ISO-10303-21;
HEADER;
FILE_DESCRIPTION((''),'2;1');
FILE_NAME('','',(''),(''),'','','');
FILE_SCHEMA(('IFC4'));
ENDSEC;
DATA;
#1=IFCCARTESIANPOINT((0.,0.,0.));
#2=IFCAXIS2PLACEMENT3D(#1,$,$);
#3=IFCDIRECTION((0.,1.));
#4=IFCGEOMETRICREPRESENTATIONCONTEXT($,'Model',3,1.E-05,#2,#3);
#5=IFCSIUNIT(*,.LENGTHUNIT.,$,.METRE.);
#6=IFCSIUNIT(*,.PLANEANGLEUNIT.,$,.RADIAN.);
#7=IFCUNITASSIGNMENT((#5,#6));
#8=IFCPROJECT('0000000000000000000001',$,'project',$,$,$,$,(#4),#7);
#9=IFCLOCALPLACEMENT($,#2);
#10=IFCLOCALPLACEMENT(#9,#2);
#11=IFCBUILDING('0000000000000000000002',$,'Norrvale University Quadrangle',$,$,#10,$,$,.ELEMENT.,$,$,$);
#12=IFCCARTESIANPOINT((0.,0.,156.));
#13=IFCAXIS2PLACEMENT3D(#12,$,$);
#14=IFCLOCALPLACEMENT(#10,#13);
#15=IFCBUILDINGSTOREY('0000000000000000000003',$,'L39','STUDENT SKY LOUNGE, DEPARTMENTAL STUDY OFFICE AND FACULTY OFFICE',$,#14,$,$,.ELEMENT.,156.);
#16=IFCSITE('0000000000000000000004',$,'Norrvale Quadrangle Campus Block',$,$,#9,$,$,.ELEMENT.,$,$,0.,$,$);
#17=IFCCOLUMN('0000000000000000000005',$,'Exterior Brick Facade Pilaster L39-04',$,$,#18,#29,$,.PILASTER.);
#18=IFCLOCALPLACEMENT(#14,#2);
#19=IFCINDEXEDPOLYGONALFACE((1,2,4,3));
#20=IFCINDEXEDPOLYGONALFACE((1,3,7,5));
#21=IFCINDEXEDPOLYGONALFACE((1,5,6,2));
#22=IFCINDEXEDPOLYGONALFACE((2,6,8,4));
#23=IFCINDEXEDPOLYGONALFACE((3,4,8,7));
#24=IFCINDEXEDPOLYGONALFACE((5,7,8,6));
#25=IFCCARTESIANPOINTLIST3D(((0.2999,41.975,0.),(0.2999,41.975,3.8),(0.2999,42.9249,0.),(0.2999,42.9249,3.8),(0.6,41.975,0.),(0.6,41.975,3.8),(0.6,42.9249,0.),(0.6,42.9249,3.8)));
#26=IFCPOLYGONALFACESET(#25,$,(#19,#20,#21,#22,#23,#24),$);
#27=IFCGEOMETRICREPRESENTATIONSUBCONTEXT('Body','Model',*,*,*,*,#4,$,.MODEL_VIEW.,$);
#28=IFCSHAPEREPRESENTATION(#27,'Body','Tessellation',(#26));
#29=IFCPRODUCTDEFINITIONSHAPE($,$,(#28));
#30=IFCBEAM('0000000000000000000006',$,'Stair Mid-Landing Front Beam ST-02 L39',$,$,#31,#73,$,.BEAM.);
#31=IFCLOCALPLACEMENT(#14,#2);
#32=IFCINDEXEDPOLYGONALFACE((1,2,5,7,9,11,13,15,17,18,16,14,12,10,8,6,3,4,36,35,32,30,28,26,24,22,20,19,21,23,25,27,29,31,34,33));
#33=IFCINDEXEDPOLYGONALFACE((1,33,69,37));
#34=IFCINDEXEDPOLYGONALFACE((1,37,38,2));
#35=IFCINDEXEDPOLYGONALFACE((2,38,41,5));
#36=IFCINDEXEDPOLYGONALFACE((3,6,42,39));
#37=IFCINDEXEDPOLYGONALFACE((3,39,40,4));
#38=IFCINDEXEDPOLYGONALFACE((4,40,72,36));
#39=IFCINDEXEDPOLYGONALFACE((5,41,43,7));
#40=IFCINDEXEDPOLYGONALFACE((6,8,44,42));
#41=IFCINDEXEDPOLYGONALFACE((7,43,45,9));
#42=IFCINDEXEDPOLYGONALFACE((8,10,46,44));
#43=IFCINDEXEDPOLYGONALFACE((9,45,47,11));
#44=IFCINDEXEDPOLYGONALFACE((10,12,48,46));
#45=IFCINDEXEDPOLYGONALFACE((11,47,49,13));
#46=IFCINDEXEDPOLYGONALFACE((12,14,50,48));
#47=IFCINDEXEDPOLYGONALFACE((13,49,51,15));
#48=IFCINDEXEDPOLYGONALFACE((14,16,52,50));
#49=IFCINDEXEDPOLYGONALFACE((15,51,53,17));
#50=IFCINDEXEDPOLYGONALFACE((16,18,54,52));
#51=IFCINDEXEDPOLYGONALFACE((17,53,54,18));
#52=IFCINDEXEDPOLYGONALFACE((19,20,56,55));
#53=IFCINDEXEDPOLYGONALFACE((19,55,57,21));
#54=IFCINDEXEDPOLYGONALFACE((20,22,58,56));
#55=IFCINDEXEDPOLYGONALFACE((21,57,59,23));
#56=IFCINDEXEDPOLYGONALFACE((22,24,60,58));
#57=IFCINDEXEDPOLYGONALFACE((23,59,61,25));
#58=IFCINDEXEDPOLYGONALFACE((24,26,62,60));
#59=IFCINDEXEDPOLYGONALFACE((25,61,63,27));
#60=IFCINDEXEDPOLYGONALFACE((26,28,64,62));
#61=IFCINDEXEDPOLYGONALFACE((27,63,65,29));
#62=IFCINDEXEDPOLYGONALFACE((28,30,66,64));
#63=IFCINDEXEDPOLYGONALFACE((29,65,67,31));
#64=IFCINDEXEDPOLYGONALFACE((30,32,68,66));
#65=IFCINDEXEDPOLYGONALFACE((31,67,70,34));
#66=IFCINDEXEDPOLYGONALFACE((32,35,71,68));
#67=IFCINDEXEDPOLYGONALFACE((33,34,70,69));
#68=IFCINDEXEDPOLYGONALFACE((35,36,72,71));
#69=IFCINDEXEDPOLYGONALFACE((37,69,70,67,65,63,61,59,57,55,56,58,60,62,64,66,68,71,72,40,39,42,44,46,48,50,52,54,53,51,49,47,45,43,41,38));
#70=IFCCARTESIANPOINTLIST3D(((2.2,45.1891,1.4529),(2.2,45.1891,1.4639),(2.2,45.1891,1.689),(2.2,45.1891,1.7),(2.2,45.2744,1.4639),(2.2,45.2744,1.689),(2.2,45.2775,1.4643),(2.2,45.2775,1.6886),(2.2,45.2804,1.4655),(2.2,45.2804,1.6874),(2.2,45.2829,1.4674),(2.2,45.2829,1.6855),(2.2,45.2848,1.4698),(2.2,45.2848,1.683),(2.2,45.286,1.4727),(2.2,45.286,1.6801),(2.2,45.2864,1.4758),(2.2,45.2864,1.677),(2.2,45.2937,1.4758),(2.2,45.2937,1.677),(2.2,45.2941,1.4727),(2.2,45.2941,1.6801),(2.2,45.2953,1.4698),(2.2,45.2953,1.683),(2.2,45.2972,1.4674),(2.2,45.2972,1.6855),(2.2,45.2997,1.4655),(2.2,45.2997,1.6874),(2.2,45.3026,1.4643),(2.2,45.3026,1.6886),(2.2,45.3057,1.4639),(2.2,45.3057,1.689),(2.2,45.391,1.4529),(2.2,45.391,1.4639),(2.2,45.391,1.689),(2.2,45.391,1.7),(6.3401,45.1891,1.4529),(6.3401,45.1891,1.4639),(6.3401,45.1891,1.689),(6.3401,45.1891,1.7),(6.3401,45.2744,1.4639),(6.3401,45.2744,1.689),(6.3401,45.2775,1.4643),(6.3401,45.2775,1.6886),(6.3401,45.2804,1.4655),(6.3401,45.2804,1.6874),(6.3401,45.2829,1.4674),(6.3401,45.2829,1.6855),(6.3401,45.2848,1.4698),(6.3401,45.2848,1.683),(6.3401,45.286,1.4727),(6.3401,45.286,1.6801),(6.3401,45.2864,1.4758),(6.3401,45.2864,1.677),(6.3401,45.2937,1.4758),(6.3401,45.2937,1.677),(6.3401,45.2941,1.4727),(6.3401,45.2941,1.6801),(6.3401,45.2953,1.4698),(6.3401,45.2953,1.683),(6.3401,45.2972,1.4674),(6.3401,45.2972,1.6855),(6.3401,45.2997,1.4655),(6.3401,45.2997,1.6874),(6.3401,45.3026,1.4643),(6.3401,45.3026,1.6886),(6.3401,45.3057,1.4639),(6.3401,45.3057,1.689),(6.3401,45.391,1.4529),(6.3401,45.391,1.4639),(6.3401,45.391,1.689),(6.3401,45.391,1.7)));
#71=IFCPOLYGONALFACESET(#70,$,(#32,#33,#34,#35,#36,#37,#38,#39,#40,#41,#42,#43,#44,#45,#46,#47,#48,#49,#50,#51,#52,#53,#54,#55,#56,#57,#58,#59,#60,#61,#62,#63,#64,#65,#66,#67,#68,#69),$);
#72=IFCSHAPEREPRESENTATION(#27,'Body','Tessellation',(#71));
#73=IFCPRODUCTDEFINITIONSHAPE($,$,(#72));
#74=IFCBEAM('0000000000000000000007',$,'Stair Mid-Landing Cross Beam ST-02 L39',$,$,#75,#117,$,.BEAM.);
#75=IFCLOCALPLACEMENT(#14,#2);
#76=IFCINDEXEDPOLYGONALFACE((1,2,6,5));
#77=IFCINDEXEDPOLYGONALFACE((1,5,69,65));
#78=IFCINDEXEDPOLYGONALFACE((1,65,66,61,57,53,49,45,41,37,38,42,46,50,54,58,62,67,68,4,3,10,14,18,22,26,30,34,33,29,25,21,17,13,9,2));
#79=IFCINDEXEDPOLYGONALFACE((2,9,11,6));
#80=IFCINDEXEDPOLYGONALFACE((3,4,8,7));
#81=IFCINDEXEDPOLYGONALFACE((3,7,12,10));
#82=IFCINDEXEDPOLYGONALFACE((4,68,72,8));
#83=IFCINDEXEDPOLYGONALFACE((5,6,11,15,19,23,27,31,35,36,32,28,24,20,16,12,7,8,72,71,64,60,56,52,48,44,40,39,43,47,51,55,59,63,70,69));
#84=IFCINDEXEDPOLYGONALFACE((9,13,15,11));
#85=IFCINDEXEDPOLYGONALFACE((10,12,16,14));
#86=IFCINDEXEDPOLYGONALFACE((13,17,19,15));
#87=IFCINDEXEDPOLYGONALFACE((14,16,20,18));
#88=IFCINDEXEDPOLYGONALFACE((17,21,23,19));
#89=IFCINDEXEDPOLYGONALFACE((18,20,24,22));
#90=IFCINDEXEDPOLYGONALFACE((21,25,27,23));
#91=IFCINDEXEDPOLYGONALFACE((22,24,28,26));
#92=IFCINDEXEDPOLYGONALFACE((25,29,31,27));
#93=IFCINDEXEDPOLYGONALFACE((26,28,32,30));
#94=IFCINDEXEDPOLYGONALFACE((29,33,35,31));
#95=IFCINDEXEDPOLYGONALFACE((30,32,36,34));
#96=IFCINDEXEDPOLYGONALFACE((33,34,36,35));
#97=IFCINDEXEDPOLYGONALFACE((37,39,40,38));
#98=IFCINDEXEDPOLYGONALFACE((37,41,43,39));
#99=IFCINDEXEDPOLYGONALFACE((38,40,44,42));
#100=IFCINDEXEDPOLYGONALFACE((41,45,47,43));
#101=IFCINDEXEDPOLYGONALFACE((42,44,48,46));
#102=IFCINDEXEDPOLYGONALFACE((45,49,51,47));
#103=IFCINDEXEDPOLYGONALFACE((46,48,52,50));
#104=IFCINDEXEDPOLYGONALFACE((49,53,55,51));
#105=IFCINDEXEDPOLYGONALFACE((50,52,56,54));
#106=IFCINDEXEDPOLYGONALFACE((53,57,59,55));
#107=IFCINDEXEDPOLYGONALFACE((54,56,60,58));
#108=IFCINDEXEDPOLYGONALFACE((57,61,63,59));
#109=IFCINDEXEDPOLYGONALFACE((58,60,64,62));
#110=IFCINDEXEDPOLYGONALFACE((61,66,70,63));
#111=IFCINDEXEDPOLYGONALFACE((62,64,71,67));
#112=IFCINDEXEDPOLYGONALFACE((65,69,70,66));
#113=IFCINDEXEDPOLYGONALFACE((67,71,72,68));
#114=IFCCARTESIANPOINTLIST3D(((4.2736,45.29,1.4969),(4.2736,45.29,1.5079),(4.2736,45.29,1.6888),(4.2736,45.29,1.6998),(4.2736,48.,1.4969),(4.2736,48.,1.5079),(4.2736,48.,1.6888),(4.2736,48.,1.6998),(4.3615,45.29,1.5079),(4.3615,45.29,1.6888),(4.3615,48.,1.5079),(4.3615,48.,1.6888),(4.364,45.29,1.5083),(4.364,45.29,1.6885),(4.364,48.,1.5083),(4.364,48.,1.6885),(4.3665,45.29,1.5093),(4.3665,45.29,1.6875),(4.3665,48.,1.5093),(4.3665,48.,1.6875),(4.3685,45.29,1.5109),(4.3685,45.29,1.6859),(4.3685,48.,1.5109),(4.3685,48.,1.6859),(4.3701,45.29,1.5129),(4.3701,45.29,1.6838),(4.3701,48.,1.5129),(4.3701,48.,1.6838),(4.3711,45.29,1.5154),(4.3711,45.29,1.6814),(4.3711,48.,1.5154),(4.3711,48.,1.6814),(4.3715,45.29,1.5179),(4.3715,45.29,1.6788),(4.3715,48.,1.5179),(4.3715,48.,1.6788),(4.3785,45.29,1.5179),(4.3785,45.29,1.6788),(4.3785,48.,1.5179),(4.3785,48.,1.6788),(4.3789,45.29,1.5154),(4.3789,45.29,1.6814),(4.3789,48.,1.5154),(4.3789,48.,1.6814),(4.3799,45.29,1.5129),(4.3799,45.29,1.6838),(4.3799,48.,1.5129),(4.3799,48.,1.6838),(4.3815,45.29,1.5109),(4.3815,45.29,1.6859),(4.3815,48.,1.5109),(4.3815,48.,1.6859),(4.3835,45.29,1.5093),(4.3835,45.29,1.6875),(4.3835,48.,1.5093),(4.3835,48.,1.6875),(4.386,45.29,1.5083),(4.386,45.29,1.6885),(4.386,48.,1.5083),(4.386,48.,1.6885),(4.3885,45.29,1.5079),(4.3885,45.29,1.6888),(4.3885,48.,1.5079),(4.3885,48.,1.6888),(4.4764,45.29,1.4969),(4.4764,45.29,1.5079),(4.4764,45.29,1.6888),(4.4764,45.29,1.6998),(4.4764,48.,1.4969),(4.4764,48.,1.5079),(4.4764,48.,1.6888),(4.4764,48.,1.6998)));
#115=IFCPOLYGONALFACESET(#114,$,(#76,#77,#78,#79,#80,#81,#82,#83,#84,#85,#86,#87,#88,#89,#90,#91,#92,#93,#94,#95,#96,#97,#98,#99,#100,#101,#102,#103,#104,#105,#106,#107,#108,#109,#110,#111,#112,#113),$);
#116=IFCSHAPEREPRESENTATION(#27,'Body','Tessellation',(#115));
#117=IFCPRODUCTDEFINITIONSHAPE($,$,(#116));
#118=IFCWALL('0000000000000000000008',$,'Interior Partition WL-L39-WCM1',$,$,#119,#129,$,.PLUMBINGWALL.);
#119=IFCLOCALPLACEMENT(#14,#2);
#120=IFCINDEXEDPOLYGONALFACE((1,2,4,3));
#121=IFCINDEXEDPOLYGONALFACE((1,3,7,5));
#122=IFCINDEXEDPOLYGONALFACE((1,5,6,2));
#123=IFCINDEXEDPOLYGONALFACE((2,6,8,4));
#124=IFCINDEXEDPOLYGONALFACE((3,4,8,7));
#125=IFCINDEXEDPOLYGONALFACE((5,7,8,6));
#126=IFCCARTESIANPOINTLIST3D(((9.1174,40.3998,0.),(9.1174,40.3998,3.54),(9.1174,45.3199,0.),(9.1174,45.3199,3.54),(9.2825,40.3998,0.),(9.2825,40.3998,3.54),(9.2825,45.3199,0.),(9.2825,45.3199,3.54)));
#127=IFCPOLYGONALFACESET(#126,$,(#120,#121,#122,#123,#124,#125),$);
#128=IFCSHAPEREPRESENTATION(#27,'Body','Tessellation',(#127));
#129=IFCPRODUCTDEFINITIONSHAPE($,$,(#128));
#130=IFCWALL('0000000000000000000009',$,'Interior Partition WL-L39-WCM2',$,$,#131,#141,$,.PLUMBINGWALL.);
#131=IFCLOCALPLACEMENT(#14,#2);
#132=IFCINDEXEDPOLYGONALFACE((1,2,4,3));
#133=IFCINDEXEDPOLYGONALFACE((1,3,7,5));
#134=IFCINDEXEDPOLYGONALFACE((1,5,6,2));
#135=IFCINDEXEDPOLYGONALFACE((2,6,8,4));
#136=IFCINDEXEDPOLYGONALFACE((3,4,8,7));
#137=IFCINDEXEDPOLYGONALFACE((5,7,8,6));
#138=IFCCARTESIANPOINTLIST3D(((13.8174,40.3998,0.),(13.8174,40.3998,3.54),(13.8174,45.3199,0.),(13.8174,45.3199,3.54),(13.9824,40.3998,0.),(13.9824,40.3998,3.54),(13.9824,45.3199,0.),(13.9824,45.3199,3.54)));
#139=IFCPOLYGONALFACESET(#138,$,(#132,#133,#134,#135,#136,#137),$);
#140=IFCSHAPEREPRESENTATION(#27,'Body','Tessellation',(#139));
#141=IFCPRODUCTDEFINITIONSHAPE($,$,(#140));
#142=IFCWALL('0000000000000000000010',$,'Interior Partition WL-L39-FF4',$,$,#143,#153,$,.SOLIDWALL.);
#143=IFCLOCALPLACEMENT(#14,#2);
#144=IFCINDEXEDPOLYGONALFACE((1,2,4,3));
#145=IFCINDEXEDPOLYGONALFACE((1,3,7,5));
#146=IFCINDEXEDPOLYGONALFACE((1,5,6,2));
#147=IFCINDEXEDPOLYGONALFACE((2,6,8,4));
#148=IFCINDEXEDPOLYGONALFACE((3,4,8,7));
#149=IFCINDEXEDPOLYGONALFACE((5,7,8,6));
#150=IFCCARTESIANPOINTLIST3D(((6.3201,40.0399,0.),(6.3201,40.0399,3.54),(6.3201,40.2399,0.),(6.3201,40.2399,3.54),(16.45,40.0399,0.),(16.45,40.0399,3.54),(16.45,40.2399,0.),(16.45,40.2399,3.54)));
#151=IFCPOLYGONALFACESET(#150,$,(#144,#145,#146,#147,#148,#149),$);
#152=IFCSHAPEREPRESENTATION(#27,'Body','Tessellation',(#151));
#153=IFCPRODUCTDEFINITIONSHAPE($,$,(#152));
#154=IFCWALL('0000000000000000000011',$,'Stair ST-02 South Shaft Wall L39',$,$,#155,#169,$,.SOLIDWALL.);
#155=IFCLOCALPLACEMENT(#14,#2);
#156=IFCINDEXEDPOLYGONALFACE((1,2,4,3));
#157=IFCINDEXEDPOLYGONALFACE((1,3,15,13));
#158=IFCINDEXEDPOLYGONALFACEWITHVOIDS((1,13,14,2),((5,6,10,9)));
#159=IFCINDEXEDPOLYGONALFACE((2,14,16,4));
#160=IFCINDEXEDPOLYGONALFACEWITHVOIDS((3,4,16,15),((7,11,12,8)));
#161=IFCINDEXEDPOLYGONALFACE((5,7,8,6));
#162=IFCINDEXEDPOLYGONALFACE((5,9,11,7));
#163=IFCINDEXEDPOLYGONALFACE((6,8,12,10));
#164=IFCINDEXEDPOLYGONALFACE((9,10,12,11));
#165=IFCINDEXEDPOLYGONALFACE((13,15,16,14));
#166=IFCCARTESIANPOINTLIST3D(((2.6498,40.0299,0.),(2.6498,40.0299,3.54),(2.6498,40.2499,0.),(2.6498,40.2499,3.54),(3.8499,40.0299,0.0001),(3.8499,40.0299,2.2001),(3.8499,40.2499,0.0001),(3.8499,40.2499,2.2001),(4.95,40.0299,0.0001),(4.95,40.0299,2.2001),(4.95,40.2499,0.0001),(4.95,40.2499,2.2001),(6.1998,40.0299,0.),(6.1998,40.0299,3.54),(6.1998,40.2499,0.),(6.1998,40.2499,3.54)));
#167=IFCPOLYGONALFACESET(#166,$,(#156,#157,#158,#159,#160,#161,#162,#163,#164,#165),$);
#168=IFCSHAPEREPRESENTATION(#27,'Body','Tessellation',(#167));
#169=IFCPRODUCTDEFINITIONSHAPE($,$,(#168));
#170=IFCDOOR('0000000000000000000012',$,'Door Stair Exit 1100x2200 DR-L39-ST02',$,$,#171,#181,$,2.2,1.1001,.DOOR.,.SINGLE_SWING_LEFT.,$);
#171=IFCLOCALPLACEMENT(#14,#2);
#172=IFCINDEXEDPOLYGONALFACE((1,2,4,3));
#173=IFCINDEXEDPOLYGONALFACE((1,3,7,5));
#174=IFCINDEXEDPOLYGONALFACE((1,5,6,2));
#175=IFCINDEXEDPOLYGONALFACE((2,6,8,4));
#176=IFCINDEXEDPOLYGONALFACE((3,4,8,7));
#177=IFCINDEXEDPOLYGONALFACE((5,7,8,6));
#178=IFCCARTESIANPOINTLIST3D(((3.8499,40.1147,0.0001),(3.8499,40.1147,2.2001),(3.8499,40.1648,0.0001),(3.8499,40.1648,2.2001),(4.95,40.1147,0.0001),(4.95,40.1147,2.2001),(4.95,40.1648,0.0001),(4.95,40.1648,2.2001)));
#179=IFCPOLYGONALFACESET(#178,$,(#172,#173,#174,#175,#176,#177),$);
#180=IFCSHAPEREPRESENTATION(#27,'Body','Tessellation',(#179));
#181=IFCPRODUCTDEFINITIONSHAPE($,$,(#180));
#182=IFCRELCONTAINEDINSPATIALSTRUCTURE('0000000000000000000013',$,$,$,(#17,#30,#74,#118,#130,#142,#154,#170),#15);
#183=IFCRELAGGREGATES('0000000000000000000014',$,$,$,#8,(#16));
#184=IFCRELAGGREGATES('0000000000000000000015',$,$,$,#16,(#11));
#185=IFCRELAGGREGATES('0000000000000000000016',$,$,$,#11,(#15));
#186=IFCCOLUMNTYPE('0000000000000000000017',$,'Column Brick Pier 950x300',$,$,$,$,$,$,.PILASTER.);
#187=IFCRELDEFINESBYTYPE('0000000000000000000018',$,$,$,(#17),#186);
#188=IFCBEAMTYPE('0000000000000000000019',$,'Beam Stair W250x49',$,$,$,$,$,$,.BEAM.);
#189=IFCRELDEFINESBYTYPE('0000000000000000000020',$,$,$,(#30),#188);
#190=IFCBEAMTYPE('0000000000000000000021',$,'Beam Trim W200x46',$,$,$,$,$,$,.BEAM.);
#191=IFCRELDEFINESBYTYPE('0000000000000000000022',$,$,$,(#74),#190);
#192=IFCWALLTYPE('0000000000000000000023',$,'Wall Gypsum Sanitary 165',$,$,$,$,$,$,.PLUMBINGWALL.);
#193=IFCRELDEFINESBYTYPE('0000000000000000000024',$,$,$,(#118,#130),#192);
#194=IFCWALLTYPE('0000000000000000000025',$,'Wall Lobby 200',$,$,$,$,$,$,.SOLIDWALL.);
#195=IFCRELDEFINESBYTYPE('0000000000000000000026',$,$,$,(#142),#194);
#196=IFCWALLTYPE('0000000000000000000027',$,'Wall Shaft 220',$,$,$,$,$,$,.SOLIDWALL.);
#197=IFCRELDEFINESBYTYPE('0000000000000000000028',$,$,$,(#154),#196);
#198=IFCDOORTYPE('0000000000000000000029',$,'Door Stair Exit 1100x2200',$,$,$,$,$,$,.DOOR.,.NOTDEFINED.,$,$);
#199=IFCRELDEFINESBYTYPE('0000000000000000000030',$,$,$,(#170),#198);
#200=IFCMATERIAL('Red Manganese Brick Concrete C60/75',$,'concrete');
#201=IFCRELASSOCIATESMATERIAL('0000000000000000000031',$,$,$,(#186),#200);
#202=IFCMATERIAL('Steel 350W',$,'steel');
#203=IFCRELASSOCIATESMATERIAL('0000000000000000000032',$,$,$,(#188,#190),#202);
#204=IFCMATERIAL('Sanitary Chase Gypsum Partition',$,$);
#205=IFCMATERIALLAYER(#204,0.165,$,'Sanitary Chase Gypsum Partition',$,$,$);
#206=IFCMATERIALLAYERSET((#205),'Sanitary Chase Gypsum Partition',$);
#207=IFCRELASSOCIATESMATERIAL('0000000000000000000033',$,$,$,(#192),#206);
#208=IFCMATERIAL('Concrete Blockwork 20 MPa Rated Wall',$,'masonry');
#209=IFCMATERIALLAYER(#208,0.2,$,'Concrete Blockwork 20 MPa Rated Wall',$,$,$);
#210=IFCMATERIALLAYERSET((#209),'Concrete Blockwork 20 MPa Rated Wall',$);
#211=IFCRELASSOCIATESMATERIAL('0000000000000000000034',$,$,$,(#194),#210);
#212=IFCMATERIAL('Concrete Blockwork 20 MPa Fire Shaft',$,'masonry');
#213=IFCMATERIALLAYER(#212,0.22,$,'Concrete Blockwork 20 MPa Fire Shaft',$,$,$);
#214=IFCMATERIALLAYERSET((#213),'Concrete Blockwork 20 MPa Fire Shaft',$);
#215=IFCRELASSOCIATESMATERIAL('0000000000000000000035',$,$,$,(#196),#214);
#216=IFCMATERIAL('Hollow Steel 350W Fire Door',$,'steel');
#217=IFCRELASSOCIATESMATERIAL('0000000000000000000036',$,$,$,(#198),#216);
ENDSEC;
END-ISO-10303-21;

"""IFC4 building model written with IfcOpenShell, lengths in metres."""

from ifc_helpers import new_model, si_unit, direction, frame, frame_2d, origin, origin_2d, place, context, subcontext, project, spatial, rectangle, i_section, extrude, material, layer, layer_set, material_profile, profile_set, type_object, element, fill, save


model = new_model("IFC4")

# Units and contexts
model_context = context("Model", 3, precision=1e-05, world=origin(), true_north=direction((0.0, 1.0)))
body_context = subcontext(model_context, "Body", "Model", "MODEL_VIEW")
ifc_project = project(units=[si_unit("LENGTHUNIT", "METRE"), si_unit("PLANEANGLEUNIT", "RADIAN")], contexts=[model_context])

# Site, building, storey
site_placement = place(None, origin())
site = spatial("IfcSite", under=ifc_project, at=site_placement, Name="Norrvale Quadrangle Campus Block", CompositionType="ELEMENT", RefElevation=0.0)
building_placement = place(site_placement, origin())
building = spatial("IfcBuilding", under=site, at=building_placement, Name="Norrvale University Quadrangle", CompositionType="ELEMENT")
storey_placement = place(building_placement, frame((0.0, 0.0, 156.0)))
storey = spatial("IfcBuildingStorey", under=building, at=storey_placement, Name="L39", Description="STUDENT SKY LOUNGE, DEPARTMENTAL STUDY OFFICE AND FACULTY OFFICE", CompositionType="ELEMENT", Elevation=156.0)

# Column
ifc_material_1 = material(Name="Red Manganese Brick Concrete C60/75", Category="concrete")
ifc_material_profile_1 = material_profile(ifc_material_1, rectangle(XDim=0.95, YDim=0.3, at=origin_2d()), Name="Red Manganese Brick Concrete C60/75")
ifc_profile_set_1 = profile_set([ifc_material_profile_1], Name="Red Manganese Brick Concrete C60/75")
column_type = type_object("IfcColumnType", Name="Column Brick Pier 950x300", PredefinedType="PILASTER", material=ifc_profile_set_1)
column_placement = place(storey_placement, frame((0.45, 42.45, 0.0), z_axis=(0.0, 0.0, 1.0), x_axis=(0.0, 1.0, 0.0)))
element("IfcColumn", 1, at=column_placement, inside=storey, type_object=column_type, Name="Exterior Brick Facade Pilaster L39-04", PredefinedType="PILASTER", context=body_context, shape_type="SweptSolid", body=[
    extrude(rectangle(XDim=0.95, YDim=0.3, at=origin_2d()), origin(), (0.0, 0.0, 1.0), 3.8),
])

# Beams
ifc_material_2 = material(Name="Steel 350W", Category="steel")
ifc_material_profile_2 = material_profile(ifc_material_2, i_section(OverallWidth=0.2019, OverallDepth=0.2471, WebThickness=0.0073, FlangeThickness=0.011, FilletRadius=0.012, at=origin_2d()), Name="Steel 350W")
ifc_profile_set_2 = profile_set([ifc_material_profile_2], Name="Steel 350W")
beam_type_1 = type_object("IfcBeamType", Name="Beam Stair W250x49", PredefinedType="BEAM", material=ifc_profile_set_2)
beam_1_placement = place(storey_placement, frame((2.2, 45.29, 1.5764), z_axis=(1.0, 0.0, 0.0), x_axis=(0.0, 1.0, 0.0)))
element("IfcBeam", 2, at=beam_1_placement, inside=storey, type_object=beam_type_1, Name="Stair Mid-Landing Front Beam ST-02 L39", PredefinedType="BEAM", context=body_context, shape_type="SweptSolid", body=[
    extrude(i_section(OverallWidth=0.2019, OverallDepth=0.2471, WebThickness=0.0073, FlangeThickness=0.011, FilletRadius=0.012, at=origin_2d()), origin(), (0.0, 0.0, 1.0), 4.1401),
])
ifc_material_profile_3 = material_profile(ifc_material_2, i_section(OverallWidth=0.2029, OverallDepth=0.2029, WebThickness=0.0071, FlangeThickness=0.011, FilletRadius=0.01, at=origin_2d()), Name="Steel 350W")
ifc_profile_set_3 = profile_set([ifc_material_profile_3], Name="Steel 350W")
beam_type_2 = type_object("IfcBeamType", Name="Beam Trim W200x46", PredefinedType="BEAM", material=ifc_profile_set_3)
beam_2_placement = place(storey_placement, frame((4.375, 45.29, 1.5984), z_axis=(0.0, 1.0, 0.0), x_axis=(-1.0, 0.0, 0.0)))
element("IfcBeam", 3, at=beam_2_placement, inside=storey, type_object=beam_type_2, Name="Stair Mid-Landing Cross Beam ST-02 L39", PredefinedType="BEAM", context=body_context, shape_type="SweptSolid", body=[
    extrude(i_section(OverallWidth=0.2029, OverallDepth=0.2029, WebThickness=0.0071, FlangeThickness=0.011, FilletRadius=0.01, at=origin_2d()), origin(), (0.0, 0.0, 1.0), 2.71),
])

# Shared definitions
ifc_material_3 = material(Name="Sanitary Chase Gypsum Partition")
ifc_layer_1 = layer(ifc_material_3, 0.165, Name="Sanitary Chase Gypsum Partition")
ifc_layer_set_1 = layer_set([ifc_layer_1], Name="Sanitary Chase Gypsum Partition")
wall_type_1 = type_object("IfcWallType", Name="Wall Gypsum Sanitary 165", PredefinedType="PLUMBINGWALL", material=ifc_layer_set_1)

# Walls
for number, where, z_axis, x_axis, name in (
    (4, (9.2, 40.3999, 0.0), (0.0, 0.0, 1.0), (0.0, 1.0, 0.0), "Interior Partition WL-L39-WCM1"),
    (5, (13.8999, 40.3999, 0.0), (0.0, 0.0, 1.0), (0.0, 1.0, 0.0), "Interior Partition WL-L39-WCM2"),
):
    element("IfcWall", number, at=place(storey_placement, frame(where, z_axis=z_axis, x_axis=x_axis)), inside=storey, type_object=wall_type_1, Name=name, PredefinedType="PLUMBINGWALL", context=body_context, shape_type="SweptSolid", body=[
        extrude(rectangle(XDim=4.9202, YDim=0.165, at=frame_2d((2.46, 0.0))), origin(), (0.0, 0.0, 1.0), 3.54),
    ])
ifc_material_4 = material(Name="Concrete Blockwork 20 MPa Rated Wall", Category="masonry")
ifc_layer_2 = layer(ifc_material_4, 0.2, Name="Concrete Blockwork 20 MPa Rated Wall")
ifc_layer_set_2 = layer_set([ifc_layer_2], Name="Concrete Blockwork 20 MPa Rated Wall")
wall_type_2 = type_object("IfcWallType", Name="Wall Lobby 200", PredefinedType="SOLIDWALL", material=ifc_layer_set_2)
wall_1_placement = place(storey_placement, frame((6.3201, 40.1399, 0.0), z_axis=(0.0, 0.0, 1.0), x_axis=(1.0, 0.0, 0.0)))
element("IfcWall", 6, at=wall_1_placement, inside=storey, type_object=wall_type_2, Name="Interior Partition WL-L39-FF4", PredefinedType="SOLIDWALL", context=body_context, shape_type="SweptSolid", body=[
    extrude(rectangle(XDim=10.1299, YDim=0.2, at=frame_2d((5.0649, 0.0))), origin(), (0.0, 0.0, 1.0), 3.54),
])

# Wall, opening, door
ifc_material_5 = material(Name="Concrete Blockwork 20 MPa Fire Shaft", Category="masonry")
ifc_layer_3 = layer(ifc_material_5, 0.22, Name="Concrete Blockwork 20 MPa Fire Shaft")
ifc_layer_set_3 = layer_set([ifc_layer_3], Name="Concrete Blockwork 20 MPa Fire Shaft")
wall_type_3 = type_object("IfcWallType", Name="Wall Shaft 220", PredefinedType="SOLIDWALL", material=ifc_layer_set_3)
wall_2_placement = place(storey_placement, frame((2.6499, 40.1399, 0.0), z_axis=(0.0, 0.0, 1.0), x_axis=(1.0, 0.0, 0.0)))
wall_2 = element("IfcWall", 7, at=wall_2_placement, inside=storey, type_object=wall_type_3, Name="Stair ST-02 South Shaft Wall L39", PredefinedType="SOLIDWALL", context=body_context, shape_type="SweptSolid", body=[
    extrude(rectangle(XDim=3.55, YDim=0.22, at=frame_2d((1.7749, 0.0))), origin(), (0.0, 0.0, 1.0), 3.54),
])
opening_1_placement = place(wall_2_placement, frame((1.2, 0.0, 0.0)))
opening_1 = element("IfcOpeningElement", 8, at=opening_1_placement, cuts=wall_2, PredefinedType="OPENING", context=body_context, shape_type="SweptSolid", body=[
    extrude(rectangle(XDim=1.1001, YDim=2.2, at=frame_2d((0.55, 1.1001))), frame((0.0, 0.1221, 0.0), z_axis=(0.0, -1.0, 0.0), x_axis=(1.0, 0.0, 0.0)), (0.0, 0.0, 1.0), 0.2439),
])
ifc_material_6 = material(Name="Hollow Steel 350W Fire Door", Category="steel")
door_type_1 = type_object("IfcDoorType", Name="Door Stair Exit 1100x2200", OperationType="NOTDEFINED", PredefinedType="DOOR", material=ifc_material_6)
door_1_placement = place(opening_1_placement, origin())
door_1 = element("IfcDoor", 9, at=door_1_placement, inside=storey, type_object=door_type_1, Name="Door Stair Exit 1100x2200 DR-L39-ST02", OperationType="SINGLE_SWING_LEFT", OverallHeight=2.2, OverallWidth=1.1001, PredefinedType="DOOR", context=body_context, shape_type="SweptSolid", body=[
    extrude(rectangle(XDim=1.1001, YDim=2.2, at=frame_2d((0.55, 1.1001))), frame((0.0, 0.0249, 0.0), z_axis=(0.0, -1.0, 0.0), x_axis=(1.0, 0.0, 0.0)), (0.0, 0.0, 1.0), 0.05),
])
fill(opening_1, door_1)

save(model, "model.ifc")
